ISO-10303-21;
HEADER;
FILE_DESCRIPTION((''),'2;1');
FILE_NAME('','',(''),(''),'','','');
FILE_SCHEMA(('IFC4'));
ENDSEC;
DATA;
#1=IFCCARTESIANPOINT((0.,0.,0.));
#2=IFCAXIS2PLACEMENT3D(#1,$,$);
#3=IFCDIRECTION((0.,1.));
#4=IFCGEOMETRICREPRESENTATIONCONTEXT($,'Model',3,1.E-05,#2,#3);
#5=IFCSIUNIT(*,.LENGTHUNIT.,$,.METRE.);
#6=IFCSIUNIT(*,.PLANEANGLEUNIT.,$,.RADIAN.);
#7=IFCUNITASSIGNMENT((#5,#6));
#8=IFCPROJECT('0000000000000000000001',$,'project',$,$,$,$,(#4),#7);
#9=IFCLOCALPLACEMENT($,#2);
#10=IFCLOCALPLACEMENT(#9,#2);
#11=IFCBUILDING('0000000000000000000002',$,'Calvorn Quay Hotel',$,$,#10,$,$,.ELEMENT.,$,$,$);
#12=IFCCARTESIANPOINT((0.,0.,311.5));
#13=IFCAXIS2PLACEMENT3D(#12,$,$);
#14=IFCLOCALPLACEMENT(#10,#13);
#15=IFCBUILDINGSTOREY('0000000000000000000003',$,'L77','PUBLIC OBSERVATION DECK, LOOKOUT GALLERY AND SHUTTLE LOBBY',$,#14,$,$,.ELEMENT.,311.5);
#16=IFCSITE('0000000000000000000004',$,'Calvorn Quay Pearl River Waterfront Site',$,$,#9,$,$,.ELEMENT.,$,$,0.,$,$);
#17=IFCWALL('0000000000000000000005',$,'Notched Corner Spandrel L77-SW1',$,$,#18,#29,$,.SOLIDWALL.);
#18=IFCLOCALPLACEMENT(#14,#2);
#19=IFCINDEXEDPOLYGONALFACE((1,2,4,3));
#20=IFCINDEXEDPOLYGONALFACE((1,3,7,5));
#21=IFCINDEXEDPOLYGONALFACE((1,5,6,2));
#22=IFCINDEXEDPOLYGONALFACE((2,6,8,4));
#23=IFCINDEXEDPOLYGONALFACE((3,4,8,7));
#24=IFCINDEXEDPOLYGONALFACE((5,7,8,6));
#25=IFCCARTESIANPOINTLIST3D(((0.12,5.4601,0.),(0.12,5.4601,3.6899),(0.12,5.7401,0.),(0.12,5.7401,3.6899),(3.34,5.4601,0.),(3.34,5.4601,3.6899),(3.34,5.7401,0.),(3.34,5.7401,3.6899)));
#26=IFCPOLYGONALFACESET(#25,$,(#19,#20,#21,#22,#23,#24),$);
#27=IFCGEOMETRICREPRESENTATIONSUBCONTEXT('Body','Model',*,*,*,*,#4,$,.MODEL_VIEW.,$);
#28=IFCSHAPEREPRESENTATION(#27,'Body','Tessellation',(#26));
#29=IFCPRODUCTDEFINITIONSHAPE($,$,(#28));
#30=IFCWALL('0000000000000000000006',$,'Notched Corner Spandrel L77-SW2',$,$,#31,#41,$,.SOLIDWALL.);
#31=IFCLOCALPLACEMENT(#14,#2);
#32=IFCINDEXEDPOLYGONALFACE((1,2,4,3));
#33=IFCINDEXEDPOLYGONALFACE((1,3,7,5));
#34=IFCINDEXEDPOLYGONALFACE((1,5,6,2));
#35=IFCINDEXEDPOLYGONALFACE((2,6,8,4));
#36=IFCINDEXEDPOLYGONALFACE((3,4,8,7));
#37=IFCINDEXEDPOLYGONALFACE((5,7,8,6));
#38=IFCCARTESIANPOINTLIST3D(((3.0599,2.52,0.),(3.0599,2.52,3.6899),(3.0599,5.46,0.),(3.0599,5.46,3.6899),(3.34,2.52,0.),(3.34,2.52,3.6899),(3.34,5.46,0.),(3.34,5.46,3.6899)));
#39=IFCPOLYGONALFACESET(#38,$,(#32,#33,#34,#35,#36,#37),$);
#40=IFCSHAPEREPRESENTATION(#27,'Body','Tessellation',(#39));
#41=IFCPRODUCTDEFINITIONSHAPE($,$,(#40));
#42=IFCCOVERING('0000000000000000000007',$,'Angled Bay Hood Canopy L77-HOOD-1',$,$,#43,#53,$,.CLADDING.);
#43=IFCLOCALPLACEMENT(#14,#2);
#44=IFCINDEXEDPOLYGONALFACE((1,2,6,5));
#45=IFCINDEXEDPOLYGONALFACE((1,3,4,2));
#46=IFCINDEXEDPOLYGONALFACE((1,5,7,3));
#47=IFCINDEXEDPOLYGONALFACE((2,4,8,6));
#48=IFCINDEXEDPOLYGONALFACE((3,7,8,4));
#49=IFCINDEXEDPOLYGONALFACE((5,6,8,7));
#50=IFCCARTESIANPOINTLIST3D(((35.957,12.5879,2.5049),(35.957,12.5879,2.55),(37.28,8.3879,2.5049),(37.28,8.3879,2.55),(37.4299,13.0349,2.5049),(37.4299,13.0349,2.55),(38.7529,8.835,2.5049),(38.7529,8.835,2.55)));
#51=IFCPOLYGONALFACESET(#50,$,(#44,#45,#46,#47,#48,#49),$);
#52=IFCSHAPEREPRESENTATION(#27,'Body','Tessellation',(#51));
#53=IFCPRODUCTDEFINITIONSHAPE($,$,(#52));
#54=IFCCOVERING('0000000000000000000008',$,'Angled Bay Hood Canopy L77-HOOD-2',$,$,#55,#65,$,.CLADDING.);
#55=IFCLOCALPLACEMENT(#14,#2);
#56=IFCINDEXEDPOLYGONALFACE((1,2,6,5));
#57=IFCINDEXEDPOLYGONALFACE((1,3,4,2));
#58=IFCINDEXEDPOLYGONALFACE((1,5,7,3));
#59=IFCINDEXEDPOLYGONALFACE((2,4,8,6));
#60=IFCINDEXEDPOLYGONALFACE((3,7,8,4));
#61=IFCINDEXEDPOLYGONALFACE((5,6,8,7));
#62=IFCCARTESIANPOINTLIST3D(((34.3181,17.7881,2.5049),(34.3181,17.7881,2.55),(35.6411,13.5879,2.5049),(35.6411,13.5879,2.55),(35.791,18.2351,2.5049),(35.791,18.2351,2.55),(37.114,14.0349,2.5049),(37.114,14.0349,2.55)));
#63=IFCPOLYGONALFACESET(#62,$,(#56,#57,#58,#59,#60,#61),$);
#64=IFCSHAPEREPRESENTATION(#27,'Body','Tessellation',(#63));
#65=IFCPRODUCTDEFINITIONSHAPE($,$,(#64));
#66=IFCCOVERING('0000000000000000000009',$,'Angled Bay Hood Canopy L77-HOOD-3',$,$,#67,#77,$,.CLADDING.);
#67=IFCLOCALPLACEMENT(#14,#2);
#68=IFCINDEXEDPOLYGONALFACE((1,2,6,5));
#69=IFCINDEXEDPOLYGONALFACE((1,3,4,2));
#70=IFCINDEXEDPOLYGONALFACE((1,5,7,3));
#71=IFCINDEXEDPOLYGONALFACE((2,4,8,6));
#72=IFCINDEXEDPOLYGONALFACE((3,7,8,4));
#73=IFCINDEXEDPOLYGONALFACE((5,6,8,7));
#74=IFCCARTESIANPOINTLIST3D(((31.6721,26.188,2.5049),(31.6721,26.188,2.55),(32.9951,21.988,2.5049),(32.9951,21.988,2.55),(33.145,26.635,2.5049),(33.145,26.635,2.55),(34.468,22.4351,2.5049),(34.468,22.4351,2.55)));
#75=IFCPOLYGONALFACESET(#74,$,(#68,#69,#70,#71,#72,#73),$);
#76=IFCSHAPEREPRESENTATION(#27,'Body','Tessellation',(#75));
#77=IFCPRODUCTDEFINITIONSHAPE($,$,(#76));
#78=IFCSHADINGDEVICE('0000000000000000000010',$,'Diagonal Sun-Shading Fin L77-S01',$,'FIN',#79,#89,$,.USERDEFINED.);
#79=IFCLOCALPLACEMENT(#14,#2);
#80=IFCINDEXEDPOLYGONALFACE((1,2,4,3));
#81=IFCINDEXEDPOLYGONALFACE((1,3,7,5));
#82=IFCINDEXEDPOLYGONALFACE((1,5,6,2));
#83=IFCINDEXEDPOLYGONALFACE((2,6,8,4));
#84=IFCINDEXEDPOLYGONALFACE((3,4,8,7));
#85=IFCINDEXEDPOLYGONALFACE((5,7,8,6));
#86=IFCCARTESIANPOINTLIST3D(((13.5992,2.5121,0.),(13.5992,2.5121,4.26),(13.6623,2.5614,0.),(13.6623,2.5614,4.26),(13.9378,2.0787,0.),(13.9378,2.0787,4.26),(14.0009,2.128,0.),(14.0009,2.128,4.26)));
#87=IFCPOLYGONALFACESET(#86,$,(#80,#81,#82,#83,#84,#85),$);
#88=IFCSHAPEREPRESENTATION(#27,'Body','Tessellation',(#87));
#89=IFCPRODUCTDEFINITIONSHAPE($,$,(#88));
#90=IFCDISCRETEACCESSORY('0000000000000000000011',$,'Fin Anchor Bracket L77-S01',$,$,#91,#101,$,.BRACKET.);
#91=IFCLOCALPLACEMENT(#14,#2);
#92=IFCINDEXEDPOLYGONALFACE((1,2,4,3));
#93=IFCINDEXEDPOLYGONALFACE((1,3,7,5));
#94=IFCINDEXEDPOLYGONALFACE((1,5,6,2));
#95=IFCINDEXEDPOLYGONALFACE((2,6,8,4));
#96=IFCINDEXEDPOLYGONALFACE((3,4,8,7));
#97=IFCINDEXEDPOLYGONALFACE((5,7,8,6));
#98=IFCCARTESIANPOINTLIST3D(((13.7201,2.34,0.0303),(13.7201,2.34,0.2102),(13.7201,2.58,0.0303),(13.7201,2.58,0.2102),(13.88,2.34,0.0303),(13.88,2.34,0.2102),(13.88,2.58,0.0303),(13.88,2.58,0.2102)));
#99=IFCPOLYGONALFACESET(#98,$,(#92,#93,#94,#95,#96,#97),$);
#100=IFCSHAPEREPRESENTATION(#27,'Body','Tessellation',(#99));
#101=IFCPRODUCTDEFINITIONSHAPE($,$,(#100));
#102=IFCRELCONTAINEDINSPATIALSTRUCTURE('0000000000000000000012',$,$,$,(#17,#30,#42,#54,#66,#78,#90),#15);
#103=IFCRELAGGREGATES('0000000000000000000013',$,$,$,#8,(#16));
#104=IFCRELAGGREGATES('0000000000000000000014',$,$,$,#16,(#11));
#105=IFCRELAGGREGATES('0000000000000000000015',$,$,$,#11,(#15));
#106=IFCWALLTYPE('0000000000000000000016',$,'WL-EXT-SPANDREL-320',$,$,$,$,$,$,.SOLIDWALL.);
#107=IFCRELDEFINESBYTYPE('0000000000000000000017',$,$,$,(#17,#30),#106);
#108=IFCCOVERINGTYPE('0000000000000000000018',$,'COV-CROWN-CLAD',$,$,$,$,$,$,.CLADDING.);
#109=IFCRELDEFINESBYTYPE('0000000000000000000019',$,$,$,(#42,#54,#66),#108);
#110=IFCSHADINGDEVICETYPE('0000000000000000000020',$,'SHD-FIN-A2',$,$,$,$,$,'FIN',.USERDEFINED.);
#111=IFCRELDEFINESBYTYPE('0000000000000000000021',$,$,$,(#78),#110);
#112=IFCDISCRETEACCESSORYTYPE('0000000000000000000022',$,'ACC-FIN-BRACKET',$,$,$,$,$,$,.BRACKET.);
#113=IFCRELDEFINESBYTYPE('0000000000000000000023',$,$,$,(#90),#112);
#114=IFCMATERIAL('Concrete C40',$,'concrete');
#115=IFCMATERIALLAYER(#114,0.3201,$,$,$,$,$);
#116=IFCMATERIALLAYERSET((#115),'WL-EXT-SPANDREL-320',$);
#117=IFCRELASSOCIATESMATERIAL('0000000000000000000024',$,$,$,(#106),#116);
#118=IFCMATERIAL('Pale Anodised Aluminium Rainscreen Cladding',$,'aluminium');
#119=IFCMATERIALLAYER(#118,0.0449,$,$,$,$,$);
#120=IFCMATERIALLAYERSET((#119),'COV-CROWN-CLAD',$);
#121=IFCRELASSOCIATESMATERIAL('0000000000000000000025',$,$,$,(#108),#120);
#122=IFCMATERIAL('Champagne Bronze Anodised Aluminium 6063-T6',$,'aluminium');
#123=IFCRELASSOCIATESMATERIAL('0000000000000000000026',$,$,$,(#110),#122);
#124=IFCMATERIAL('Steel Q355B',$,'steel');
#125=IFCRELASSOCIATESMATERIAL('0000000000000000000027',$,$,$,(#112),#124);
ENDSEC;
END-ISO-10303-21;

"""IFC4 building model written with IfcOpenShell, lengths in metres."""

from ifc_helpers import new_model, si_unit, direction, frame, frame_2d, origin, origin_2d, place, context, subcontext, project, spatial, polyline, rectangle, outline, extrude, material, layer, layer_set, type_object, element, save


model = new_model("IFC4")

# Units and contexts
model_context = context("Model", 3, precision=1e-05, world=origin(), true_north=direction((0.0, 1.0)))
body_context = subcontext(model_context, "Body", "Model", "MODEL_VIEW")
ifc_project = project(units=[si_unit("LENGTHUNIT", "METRE"), si_unit("PLANEANGLEUNIT", "RADIAN")], contexts=[model_context])

# Site, building, storey
site_placement = place(None, origin())
site = spatial("IfcSite", under=ifc_project, at=site_placement, Name="Calvorn Quay Pearl River Waterfront Site", CompositionType="ELEMENT", RefElevation=0.0)
building_placement = place(site_placement, origin())
building = spatial("IfcBuilding", under=site, at=building_placement, Name="Calvorn Quay Hotel", CompositionType="ELEMENT")
storey_placement = place(building_placement, frame((0.0, 0.0, 311.5)))
storey = spatial("IfcBuildingStorey", under=building, at=storey_placement, Name="L77", Description="PUBLIC OBSERVATION DECK, LOOKOUT GALLERY AND SHUTTLE LOBBY", CompositionType="ELEMENT", Elevation=311.5)

# Walls
ifc_material_1 = material(Name="Concrete C40", Category="concrete")
ifc_layer_1 = layer(ifc_material_1, 0.3201)
ifc_layer_set_1 = layer_set([ifc_layer_1], Name="WL-EXT-SPANDREL-320")
wall_type = type_object("IfcWallType", Name="WL-EXT-SPANDREL-320", PredefinedType="SOLIDWALL", material=ifc_layer_set_1)
wall_1_placement = place(storey_placement, frame((0.1201, 5.6001, 0.0), z_axis=(0.0, 0.0, 1.0), x_axis=(1.0, 0.0, 0.0)))
element("IfcWall", 1, at=wall_1_placement, inside=storey, type_object=wall_type, Name="Notched Corner Spandrel L77-SW1", PredefinedType="SOLIDWALL", context=body_context, shape_type="SweptSolid", body=[
    extrude(rectangle(XDim=3.22, YDim=0.28, at=frame_2d((1.6099, 0.0))), origin(), (0.0, 0.0, 1.0), 3.6899),
])
wall_2_placement = place(storey_placement, frame((3.2, 5.46, 0.0), z_axis=(0.0, 0.0, 1.0), x_axis=(0.0, -1.0, 0.0)))
element("IfcWall", 2, at=wall_2_placement, inside=storey, type_object=wall_type, Name="Notched Corner Spandrel L77-SW2", PredefinedType="SOLIDWALL", context=body_context, shape_type="SweptSolid", body=[
    extrude(rectangle(XDim=2.9399, YDim=0.28, at=frame_2d((1.47, 0.0))), origin(), (0.0, 0.0, 1.0), 3.6899),
])

# Coverings
ifc_material_2 = material(Name="Pale Anodised Aluminium Rainscreen Cladding", Category="aluminium")
ifc_layer_2 = layer(ifc_material_2, 0.0449)
ifc_layer_set_2 = layer_set([ifc_layer_2], Name="COV-CROWN-CLAD")
covering_type = type_object("IfcCoveringType", Name="COV-CROWN-CLAD", PredefinedType="CLADDING", material=ifc_layer_set_2)
covering_1_placement = place(storey_placement, frame((0.0, 0.0, 2.5049)))
element("IfcCovering", 3, at=covering_1_placement, inside=storey, type_object=covering_type, Name="Angled Bay Hood Canopy L77-HOOD-1", PredefinedType="CLADDING", context=body_context, shape_type="SweptSolid", body=[
    extrude(outline(polyline([(35.957, 12.5879), (37.4299, 13.0349), (38.7529, 8.835), (37.28, 8.3879), (35.957, 12.5879)])), origin(), (0.0, 0.0, 1.0), 0.0452),
])
covering_2_placement = place(storey_placement, frame((0.0, 0.0, 2.5049)))
element("IfcCovering", 4, at=covering_2_placement, inside=storey, type_object=covering_type, Name="Angled Bay Hood Canopy L77-HOOD-2", PredefinedType="CLADDING", context=body_context, shape_type="SweptSolid", body=[
    extrude(outline(polyline([(34.3181, 17.7881), (35.791, 18.2351), (37.114, 14.0349), (35.6411, 13.5879), (34.3181, 17.7881)])), origin(), (0.0, 0.0, 1.0), 0.0452),
])
covering_3_placement = place(storey_placement, frame((0.0, 0.0, 2.5049)))
element("IfcCovering", 5, at=covering_3_placement, inside=storey, type_object=covering_type, Name="Angled Bay Hood Canopy L77-HOOD-3", PredefinedType="CLADDING", context=body_context, shape_type="SweptSolid", body=[
    extrude(outline(polyline([(31.6721, 26.188), (33.145, 26.635), (34.468, 22.4351), (32.9951, 21.988), (31.6721, 26.188)])), origin(), (0.0, 0.0, 1.0), 0.0452),
])

# Shading device
ifc_material_3 = material(Name="Champagne Bronze Anodised Aluminium 6063-T6", Category="aluminium")
shading_device_type = type_object("IfcShadingDeviceType", Name="SHD-FIN-A2", ElementType="FIN", PredefinedType="USERDEFINED", material=ifc_material_3)
shading_device_placement = place(storey_placement, frame((13.8, 2.3201, 0.0), z_axis=(0.0, 0.0, 1.0), x_axis=(-0.615661, 0.788011, 0.0)))
element("IfcShadingDevice", 6, at=shading_device_placement, inside=storey, type_object=shading_device_type, Name="Diagonal Sun-Shading Fin L77-S01", ObjectType="FIN", PredefinedType="USERDEFINED", context=body_context, shape_type="SweptSolid", body=[
    extrude(rectangle(XDim=0.55, YDim=0.0801, at=origin_2d()), origin(), (0.0, 0.0, 1.0), 4.26),
])

# Discrete accessory
ifc_material_4 = material(Name="Steel Q355B", Category="steel")
discrete_accessory_type = type_object("IfcDiscreteAccessoryType", Name="ACC-FIN-BRACKET", PredefinedType="BRACKET", material=ifc_material_4)
discrete_accessory_placement = place(storey_placement, frame((13.8, 2.46, 0.0303), z_axis=(0.0, 0.0, 1.0), x_axis=(0.0, 1.0, 0.0)))
element("IfcDiscreteAccessory", 7, at=discrete_accessory_placement, inside=storey, type_object=discrete_accessory_type, Name="Fin Anchor Bracket L77-S01", PredefinedType="BRACKET", context=body_context, shape_type="SweptSolid", body=[
    extrude(rectangle(XDim=0.24, YDim=0.1599, at=origin_2d()), origin(), (0.0, 0.0, 1.0), 0.1799),
])

save(model, "model.ifc")
